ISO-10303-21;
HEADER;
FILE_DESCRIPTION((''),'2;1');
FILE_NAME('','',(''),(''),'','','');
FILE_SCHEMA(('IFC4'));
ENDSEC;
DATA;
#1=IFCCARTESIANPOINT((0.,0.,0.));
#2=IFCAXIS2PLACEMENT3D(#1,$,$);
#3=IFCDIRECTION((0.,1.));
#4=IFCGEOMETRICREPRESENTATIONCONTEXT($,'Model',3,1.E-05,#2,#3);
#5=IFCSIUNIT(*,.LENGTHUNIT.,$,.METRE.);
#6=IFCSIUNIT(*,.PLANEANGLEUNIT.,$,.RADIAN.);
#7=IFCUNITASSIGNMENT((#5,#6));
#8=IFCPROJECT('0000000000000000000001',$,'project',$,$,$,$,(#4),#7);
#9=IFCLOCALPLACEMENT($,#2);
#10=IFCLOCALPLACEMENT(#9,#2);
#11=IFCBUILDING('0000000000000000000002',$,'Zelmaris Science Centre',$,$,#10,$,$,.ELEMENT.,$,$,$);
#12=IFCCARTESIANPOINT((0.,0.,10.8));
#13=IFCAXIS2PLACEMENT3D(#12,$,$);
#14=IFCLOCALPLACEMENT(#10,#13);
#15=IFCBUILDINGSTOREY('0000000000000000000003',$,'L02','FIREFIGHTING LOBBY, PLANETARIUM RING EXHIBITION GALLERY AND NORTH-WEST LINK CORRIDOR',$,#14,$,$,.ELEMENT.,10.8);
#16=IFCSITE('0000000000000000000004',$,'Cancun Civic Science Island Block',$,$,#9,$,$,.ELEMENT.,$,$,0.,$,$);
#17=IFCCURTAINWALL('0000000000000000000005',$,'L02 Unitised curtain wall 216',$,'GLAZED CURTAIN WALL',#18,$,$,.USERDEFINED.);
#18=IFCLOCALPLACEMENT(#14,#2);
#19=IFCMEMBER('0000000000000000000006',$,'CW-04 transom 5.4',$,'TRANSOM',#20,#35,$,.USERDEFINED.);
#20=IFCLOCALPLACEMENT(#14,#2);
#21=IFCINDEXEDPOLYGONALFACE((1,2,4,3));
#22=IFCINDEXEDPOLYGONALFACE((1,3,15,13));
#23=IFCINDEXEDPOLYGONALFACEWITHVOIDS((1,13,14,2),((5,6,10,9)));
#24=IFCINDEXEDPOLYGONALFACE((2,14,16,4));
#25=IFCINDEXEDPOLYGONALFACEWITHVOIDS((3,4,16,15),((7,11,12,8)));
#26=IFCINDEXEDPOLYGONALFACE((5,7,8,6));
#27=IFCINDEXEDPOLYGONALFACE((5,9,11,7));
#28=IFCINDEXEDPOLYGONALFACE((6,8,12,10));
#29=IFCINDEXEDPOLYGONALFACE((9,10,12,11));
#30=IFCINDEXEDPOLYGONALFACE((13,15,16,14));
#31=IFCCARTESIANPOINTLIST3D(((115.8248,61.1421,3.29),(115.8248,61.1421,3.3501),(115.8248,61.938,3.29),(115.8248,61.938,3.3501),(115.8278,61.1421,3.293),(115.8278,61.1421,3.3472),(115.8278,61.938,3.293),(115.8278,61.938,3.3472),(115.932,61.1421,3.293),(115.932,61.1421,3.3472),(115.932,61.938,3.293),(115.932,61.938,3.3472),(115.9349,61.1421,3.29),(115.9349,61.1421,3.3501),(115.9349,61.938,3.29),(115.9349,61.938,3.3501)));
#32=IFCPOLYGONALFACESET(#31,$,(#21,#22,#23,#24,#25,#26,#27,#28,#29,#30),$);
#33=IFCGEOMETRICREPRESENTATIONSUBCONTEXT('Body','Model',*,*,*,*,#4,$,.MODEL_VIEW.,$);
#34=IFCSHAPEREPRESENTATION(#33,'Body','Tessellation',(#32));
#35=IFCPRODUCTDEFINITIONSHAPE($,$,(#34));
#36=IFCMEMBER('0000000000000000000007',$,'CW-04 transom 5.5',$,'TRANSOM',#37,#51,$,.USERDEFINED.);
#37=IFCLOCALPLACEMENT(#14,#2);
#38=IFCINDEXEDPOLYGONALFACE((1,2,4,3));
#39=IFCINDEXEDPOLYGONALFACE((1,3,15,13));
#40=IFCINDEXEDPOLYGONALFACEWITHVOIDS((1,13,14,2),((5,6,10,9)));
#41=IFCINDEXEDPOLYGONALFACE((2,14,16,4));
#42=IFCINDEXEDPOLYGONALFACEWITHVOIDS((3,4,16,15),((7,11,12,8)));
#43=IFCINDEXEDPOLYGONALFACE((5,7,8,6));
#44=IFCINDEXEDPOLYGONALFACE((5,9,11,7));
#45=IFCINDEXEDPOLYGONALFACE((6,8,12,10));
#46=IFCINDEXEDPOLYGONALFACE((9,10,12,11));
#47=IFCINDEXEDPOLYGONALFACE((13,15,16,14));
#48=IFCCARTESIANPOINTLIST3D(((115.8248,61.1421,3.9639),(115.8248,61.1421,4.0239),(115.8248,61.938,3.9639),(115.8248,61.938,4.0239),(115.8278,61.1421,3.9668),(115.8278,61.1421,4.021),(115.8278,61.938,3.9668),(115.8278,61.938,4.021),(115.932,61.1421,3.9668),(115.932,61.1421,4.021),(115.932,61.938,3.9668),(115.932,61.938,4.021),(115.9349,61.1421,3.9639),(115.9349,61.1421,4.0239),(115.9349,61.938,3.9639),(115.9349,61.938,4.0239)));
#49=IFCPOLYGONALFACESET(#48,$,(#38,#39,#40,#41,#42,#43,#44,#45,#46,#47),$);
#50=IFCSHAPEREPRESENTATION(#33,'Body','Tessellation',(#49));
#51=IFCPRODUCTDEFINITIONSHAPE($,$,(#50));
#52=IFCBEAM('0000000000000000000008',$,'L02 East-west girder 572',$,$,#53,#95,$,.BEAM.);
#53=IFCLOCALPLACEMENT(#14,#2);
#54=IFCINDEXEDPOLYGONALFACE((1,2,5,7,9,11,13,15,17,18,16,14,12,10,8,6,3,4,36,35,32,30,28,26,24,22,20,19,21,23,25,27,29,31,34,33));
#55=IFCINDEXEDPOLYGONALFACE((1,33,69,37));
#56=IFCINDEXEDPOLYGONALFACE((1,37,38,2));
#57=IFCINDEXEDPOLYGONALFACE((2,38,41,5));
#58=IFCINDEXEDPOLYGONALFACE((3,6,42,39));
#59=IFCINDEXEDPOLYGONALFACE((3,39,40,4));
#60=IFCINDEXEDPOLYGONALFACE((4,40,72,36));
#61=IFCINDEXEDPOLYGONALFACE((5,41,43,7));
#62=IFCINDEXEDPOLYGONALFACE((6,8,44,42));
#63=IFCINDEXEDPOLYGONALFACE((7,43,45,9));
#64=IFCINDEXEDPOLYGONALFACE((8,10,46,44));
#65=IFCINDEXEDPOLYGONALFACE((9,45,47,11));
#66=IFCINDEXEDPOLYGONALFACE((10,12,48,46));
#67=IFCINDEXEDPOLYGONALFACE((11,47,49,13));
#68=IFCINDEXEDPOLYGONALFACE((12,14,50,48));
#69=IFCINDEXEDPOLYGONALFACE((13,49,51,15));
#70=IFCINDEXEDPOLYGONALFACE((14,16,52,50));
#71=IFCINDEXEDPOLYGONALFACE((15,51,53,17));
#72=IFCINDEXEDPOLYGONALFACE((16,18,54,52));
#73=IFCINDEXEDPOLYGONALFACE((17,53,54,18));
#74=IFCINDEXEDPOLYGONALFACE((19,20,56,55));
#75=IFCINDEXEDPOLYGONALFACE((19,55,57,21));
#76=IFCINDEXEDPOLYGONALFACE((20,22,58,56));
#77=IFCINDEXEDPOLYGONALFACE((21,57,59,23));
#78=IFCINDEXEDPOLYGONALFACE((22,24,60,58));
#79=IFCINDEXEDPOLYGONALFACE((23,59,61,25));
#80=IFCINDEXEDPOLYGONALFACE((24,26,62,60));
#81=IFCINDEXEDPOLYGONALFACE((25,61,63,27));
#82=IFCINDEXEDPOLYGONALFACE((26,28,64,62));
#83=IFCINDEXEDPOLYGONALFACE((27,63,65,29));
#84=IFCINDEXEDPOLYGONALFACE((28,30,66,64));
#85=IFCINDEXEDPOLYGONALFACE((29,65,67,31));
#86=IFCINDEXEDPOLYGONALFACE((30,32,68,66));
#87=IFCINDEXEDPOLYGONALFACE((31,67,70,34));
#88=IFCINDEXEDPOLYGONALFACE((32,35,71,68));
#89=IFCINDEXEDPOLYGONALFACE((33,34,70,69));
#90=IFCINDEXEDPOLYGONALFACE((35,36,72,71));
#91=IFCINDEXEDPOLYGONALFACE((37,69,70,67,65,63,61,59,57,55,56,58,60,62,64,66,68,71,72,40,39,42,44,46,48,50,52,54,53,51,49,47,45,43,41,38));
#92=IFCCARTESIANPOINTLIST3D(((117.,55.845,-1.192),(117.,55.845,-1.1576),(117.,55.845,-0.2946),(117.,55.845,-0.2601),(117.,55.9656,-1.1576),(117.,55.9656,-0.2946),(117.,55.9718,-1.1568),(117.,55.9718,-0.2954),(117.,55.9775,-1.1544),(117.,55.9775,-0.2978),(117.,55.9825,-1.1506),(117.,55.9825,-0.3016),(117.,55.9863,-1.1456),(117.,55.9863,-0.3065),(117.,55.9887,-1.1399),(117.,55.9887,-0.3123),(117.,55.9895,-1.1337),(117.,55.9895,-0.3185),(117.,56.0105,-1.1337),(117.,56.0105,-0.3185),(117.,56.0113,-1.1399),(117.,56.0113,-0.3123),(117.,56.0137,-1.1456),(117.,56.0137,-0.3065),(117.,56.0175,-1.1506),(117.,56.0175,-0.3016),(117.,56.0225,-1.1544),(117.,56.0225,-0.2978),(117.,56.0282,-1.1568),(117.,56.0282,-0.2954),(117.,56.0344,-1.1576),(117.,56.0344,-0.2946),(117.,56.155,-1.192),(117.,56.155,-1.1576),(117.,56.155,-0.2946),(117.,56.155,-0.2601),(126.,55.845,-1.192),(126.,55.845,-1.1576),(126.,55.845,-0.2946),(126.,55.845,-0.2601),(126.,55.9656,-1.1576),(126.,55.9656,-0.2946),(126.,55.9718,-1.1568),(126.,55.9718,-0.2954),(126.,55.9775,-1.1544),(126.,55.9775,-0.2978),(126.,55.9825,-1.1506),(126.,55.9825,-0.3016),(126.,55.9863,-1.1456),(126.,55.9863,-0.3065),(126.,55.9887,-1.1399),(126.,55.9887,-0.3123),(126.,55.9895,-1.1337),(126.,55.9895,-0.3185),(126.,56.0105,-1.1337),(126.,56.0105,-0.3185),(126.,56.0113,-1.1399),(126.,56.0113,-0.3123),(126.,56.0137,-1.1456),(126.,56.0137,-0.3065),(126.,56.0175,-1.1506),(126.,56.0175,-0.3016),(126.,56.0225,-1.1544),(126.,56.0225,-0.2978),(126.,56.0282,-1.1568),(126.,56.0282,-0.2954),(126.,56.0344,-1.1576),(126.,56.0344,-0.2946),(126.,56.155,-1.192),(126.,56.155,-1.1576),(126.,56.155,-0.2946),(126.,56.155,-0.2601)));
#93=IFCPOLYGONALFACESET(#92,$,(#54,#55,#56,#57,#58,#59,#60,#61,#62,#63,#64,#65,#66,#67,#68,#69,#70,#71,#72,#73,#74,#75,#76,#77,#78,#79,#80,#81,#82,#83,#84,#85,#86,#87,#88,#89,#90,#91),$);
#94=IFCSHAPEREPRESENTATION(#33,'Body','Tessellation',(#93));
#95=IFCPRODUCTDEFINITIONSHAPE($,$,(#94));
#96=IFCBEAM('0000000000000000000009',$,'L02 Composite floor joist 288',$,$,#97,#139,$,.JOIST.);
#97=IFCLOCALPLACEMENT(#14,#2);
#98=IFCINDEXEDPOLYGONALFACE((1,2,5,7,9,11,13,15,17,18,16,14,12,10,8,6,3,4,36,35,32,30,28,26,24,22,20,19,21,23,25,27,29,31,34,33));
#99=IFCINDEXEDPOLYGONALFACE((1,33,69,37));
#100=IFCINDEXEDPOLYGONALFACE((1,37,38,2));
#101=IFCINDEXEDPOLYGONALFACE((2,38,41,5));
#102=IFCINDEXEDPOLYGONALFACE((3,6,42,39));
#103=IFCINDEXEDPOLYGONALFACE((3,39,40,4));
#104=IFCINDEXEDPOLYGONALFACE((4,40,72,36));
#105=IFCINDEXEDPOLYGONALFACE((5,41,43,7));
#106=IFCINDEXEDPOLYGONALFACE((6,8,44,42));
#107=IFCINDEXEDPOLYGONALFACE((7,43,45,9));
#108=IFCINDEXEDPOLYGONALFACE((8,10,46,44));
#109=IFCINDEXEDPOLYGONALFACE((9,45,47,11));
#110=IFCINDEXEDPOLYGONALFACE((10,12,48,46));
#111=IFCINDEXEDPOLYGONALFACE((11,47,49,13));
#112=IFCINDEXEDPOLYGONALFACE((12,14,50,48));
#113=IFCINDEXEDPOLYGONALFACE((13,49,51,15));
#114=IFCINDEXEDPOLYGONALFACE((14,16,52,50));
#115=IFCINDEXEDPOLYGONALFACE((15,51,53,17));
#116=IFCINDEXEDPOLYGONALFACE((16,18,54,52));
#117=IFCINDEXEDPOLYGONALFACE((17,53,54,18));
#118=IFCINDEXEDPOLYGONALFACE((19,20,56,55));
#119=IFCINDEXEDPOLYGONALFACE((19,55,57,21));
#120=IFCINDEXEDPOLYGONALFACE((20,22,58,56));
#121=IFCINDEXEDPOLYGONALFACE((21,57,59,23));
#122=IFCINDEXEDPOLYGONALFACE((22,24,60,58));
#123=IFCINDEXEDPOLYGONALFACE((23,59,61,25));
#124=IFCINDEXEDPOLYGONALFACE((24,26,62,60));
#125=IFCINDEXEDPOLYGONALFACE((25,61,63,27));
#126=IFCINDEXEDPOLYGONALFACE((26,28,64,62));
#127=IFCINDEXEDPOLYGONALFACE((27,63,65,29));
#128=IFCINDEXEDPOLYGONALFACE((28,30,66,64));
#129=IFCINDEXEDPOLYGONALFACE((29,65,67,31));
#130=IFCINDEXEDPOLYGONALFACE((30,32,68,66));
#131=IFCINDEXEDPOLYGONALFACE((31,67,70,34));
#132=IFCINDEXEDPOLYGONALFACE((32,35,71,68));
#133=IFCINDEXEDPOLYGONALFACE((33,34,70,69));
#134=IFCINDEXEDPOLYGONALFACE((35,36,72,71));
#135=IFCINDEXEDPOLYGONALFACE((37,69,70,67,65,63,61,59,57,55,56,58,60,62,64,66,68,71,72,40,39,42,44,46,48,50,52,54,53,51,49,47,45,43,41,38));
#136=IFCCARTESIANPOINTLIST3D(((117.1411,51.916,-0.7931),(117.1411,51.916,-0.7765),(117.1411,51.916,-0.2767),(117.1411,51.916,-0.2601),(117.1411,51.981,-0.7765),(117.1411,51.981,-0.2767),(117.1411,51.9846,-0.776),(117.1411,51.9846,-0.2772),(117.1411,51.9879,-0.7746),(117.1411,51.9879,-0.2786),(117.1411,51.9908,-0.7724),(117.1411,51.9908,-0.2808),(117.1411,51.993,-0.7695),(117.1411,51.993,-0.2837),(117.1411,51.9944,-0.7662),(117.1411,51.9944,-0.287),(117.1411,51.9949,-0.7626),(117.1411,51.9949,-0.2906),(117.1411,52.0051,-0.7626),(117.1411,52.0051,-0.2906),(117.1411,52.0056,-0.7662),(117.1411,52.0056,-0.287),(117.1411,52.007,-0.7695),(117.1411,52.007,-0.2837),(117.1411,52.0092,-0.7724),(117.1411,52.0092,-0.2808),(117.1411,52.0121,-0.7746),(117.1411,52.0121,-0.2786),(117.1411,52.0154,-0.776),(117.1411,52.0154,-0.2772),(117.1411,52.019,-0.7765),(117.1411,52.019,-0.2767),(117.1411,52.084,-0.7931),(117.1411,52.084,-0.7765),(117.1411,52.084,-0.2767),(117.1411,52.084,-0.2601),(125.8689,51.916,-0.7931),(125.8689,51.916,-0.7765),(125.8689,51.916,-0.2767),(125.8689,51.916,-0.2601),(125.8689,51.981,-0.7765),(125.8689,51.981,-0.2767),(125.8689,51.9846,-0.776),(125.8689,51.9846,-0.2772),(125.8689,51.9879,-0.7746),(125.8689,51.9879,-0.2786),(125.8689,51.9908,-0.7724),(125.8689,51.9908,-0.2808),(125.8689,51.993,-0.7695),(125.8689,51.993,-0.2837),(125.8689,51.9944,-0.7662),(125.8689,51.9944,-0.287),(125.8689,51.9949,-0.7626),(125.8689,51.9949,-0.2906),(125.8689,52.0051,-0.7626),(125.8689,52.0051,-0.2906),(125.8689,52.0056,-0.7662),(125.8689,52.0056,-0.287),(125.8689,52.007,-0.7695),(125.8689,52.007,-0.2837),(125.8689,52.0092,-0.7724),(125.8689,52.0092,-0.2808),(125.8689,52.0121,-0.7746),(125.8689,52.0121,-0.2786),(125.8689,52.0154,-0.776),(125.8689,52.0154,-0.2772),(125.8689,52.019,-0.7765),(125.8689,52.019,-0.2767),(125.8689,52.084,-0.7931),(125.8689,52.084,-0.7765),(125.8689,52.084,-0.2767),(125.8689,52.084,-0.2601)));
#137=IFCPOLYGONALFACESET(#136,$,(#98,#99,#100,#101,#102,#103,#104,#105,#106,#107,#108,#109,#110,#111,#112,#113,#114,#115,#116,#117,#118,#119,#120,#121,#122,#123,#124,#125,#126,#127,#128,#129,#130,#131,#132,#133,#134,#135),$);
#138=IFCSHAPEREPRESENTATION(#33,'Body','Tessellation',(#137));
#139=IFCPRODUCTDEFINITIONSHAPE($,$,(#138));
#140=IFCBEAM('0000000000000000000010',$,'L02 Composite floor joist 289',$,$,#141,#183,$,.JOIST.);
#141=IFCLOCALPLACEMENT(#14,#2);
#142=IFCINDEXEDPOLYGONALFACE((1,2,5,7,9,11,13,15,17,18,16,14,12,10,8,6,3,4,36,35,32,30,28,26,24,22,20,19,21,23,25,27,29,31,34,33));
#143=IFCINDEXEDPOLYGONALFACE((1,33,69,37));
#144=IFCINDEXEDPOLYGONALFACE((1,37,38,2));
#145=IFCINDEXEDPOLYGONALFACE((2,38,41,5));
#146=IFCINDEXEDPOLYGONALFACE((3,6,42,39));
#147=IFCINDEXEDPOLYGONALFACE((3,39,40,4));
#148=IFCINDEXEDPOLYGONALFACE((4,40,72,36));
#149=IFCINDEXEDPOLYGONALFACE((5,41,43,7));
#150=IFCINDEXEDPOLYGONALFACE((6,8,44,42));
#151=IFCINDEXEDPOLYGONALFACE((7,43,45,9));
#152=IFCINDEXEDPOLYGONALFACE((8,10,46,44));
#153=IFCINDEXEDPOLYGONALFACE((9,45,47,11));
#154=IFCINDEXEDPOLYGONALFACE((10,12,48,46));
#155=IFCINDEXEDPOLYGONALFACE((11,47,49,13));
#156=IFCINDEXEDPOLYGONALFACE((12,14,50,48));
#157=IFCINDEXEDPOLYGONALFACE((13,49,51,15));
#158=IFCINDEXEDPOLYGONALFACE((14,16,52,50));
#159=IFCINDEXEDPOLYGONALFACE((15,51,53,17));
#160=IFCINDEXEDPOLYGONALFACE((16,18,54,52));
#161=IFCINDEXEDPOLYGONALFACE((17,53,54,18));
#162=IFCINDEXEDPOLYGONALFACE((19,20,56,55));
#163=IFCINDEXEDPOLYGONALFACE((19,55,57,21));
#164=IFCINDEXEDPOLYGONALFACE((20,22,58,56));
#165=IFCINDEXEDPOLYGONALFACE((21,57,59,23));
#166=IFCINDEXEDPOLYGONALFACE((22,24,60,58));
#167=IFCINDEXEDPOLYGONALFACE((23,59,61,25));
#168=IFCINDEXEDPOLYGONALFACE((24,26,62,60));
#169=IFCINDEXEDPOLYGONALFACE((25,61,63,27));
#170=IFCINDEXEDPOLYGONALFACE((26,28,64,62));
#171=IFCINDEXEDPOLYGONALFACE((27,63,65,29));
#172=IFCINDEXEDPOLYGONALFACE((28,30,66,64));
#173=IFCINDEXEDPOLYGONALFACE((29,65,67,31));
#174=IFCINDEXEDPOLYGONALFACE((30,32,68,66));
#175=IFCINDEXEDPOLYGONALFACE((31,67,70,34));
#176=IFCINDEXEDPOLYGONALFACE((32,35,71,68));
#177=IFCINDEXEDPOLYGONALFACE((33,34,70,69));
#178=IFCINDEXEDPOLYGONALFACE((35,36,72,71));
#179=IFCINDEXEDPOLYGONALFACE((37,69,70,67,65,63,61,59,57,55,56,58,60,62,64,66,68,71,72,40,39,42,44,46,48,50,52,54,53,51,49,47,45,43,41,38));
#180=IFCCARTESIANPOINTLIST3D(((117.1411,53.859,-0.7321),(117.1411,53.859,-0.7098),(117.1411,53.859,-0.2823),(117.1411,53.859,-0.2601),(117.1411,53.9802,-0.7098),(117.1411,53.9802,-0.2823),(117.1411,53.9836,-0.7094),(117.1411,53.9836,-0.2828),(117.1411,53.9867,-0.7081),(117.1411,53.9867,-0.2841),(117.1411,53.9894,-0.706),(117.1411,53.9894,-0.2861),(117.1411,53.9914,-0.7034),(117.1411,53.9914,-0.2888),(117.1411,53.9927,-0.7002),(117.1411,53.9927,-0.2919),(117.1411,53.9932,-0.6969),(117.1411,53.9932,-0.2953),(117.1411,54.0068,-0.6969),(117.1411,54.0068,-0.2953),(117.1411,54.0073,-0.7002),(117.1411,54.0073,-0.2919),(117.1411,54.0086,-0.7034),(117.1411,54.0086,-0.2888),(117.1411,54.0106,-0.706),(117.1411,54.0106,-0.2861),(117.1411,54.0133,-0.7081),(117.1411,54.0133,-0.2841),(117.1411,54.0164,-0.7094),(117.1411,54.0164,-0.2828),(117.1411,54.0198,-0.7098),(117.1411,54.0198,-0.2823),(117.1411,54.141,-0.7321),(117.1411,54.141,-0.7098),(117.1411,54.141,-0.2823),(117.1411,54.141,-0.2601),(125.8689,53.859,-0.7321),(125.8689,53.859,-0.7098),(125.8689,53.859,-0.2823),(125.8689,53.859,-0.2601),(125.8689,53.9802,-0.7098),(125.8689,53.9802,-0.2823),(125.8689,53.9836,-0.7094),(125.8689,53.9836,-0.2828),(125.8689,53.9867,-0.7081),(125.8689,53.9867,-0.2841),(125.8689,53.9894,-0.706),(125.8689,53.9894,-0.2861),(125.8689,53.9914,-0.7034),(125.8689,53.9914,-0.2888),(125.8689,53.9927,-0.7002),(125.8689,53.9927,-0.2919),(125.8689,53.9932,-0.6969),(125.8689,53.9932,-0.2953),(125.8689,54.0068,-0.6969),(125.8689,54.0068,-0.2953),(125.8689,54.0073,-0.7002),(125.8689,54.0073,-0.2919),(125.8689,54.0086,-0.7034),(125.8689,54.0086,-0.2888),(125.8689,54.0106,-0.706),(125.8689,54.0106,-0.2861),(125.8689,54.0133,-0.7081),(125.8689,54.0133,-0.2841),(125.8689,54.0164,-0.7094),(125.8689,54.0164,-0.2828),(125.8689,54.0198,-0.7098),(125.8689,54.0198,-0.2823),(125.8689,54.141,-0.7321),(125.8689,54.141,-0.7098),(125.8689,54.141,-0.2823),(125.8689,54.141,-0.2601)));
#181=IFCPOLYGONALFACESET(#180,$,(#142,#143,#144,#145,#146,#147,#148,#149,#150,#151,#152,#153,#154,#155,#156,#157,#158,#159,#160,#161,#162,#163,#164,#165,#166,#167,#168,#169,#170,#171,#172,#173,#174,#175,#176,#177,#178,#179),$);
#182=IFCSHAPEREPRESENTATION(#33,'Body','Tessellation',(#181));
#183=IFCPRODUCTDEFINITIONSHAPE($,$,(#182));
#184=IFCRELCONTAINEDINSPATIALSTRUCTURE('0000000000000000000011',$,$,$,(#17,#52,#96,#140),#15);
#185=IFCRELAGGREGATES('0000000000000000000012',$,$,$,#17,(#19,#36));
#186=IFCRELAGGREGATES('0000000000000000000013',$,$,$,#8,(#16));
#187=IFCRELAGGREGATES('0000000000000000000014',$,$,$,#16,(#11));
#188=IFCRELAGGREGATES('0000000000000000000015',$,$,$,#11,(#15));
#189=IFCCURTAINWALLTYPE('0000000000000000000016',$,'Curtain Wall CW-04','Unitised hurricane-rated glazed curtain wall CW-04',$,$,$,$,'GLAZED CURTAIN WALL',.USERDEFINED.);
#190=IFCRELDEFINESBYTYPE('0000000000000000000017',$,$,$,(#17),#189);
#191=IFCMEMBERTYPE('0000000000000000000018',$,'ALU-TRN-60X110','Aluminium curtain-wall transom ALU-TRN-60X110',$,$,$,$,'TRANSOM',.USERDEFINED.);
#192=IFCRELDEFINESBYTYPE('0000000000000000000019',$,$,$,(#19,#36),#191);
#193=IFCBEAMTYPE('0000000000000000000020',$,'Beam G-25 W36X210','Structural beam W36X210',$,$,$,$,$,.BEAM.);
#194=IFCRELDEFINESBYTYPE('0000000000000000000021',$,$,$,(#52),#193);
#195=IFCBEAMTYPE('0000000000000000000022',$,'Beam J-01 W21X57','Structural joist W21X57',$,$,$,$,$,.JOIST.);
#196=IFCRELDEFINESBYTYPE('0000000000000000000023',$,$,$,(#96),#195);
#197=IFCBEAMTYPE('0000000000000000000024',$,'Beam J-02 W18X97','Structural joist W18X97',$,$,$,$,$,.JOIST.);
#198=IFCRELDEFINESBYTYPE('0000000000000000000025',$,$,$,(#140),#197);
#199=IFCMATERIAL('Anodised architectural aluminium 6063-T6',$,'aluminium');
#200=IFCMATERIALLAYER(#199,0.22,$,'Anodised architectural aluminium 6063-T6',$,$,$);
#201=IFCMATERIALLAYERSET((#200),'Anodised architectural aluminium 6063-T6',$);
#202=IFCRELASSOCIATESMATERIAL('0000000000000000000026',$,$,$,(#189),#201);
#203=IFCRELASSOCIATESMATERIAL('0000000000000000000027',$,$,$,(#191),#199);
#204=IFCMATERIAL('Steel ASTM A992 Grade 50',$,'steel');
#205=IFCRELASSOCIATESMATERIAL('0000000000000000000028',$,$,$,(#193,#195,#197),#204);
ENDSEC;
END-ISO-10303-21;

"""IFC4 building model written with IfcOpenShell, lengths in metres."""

from ifc_helpers import new_model, si_unit, direction, frame, origin, origin_2d, place, context, subcontext, project, spatial, hollow_rectangle, i_section, extrude, material, layer, layer_set, material_profile, profile_set, type_object, element, aggregate, save


model = new_model("IFC4")

# Units and contexts
model_context = context("Model", 3, precision=1e-05, world=origin(), true_north=direction((0.0, 1.0)))
body_context = subcontext(model_context, "Body", "Model", "MODEL_VIEW")
ifc_project = project(units=[si_unit("LENGTHUNIT", "METRE"), si_unit("PLANEANGLEUNIT", "RADIAN")], contexts=[model_context])

# Site, building, storey
site_placement = place(None, origin())
site = spatial("IfcSite", under=ifc_project, at=site_placement, Name="Cancun Civic Science Island Block", CompositionType="ELEMENT", RefElevation=0.0)
building_placement = place(site_placement, origin())
building = spatial("IfcBuilding", under=site, at=building_placement, Name="Zelmaris Science Centre", CompositionType="ELEMENT")
storey_placement = place(building_placement, frame((0.0, 0.0, 10.8)))
storey = spatial("IfcBuildingStorey", under=building, at=storey_placement, Name="L02", Description="FIREFIGHTING LOBBY, PLANETARIUM RING EXHIBITION GALLERY AND NORTH-WEST LINK CORRIDOR", CompositionType="ELEMENT", Elevation=10.8)

# Shared definitions
ifc_material_1 = material(Name="Steel ASTM A992 Grade 50", Category="steel")

# Curtain wall, members
ifc_material_2 = material(Name="Anodised architectural aluminium 6063-T6", Category="aluminium")
ifc_layer_1 = layer(ifc_material_2, 0.22, Name="Anodised architectural aluminium 6063-T6")
ifc_layer_set_1 = layer_set([ifc_layer_1], Name="Anodised architectural aluminium 6063-T6")
curtain_wall_type = type_object("IfcCurtainWallType", Name="Curtain Wall CW-04", Description="Unitised hurricane-rated glazed curtain wall CW-04", ElementType="GLAZED CURTAIN WALL", PredefinedType="USERDEFINED", material=ifc_layer_set_1)
curtain_wall_placement = place(storey_placement, origin())
curtain_wall = element("IfcCurtainWall", 1, at=curtain_wall_placement, inside=storey, type_object=curtain_wall_type, Name="L02 Unitised curtain wall 216", ObjectType="GLAZED CURTAIN WALL", PredefinedType="USERDEFINED")
ifc_material_profile_1 = material_profile(ifc_material_2, hollow_rectangle(XDim=0.0601, YDim=0.1101, WallThickness=0.0029, at=origin_2d()), Name="ALU-TRN-60X110")
ifc_profile_set_1 = profile_set([ifc_material_profile_1], Name="Anodised architectural aluminium 6063-T6")
member_type_1 = type_object("IfcMemberType", Name="ALU-TRN-60X110", Description="Aluminium curtain-wall transom ALU-TRN-60X110", ElementType="TRANSOM", PredefinedType="USERDEFINED", material=ifc_profile_set_1)
member_1_placement = place(storey_placement, frame((115.8799, 61.938, 3.3201), z_axis=(0.0, -1.0, 0.0), x_axis=(0.0, 0.0, 1.0)))
member_1 = element("IfcMember", 2, at=member_1_placement, type_object=member_type_1, Name="CW-04 transom 5.4", ObjectType="TRANSOM", PredefinedType="USERDEFINED", context=body_context, shape_type="SweptSolid", body=[
    extrude(hollow_rectangle(XDim=0.0601, YDim=0.1101, WallThickness=0.0029, at=origin_2d()), origin(), (0.0, 0.0, 1.0), 0.7959),
])
member_2_placement = place(storey_placement, frame((115.8799, 61.938, 3.9939), z_axis=(0.0, -1.0, 0.0), x_axis=(0.0, 0.0, 1.0)))
member_2 = element("IfcMember", 3, at=member_2_placement, type_object=member_type_1, Name="CW-04 transom 5.5", ObjectType="TRANSOM", PredefinedType="USERDEFINED", context=body_context, shape_type="SweptSolid", body=[
    extrude(hollow_rectangle(XDim=0.0601, YDim=0.1101, WallThickness=0.0029, at=origin_2d()), origin(), (0.0, 0.0, 1.0), 0.7959),
])

# Beams
ifc_material_profile_2 = material_profile(ifc_material_1, i_section(OverallWidth=0.3101, OverallDepth=0.9319, WebThickness=0.021, FlangeThickness=0.0344, FilletRadius=0.0239, at=origin_2d()), Name="W36X210")
ifc_profile_set_2 = profile_set([ifc_material_profile_2], Name="Steel ASTM A992 Grade 50")
beam_type_1 = type_object("IfcBeamType", Name="Beam G-25 W36X210", Description="Structural beam W36X210", PredefinedType="BEAM", material=ifc_profile_set_2)
beam_1_placement = place(storey_placement, frame((117.0, 56.0, -0.7261), z_axis=(1.0, 0.0, 0.0), x_axis=(0.0, 1.0, 0.0)))
element("IfcBeam", 4, at=beam_1_placement, inside=storey, type_object=beam_type_1, Name="L02 East-west girder 572", PredefinedType="BEAM", context=body_context, shape_type="SweptSolid", body=[
    extrude(i_section(OverallWidth=0.3101, OverallDepth=0.9319, WebThickness=0.021, FlangeThickness=0.0344, FilletRadius=0.0239, at=origin_2d()), origin(), (0.0, 0.0, 1.0), 9.0),
])
ifc_material_profile_3 = material_profile(ifc_material_1, i_section(OverallWidth=0.168, OverallDepth=0.533, WebThickness=0.0103, FlangeThickness=0.0166, FilletRadius=0.0139, at=origin_2d()), Name="W21X57")
ifc_profile_set_3 = profile_set([ifc_material_profile_3], Name="Steel ASTM A992 Grade 50")
beam_type_2 = type_object("IfcBeamType", Name="Beam J-01 W21X57", Description="Structural joist W21X57", PredefinedType="JOIST", material=ifc_profile_set_3)
beam_2_placement = place(storey_placement, frame((117.1411, 52.0, -0.5266), z_axis=(1.0, 0.0, 0.0), x_axis=(0.0, 1.0, 0.0)))
element("IfcBeam", 5, at=beam_2_placement, inside=storey, type_object=beam_type_2, Name="L02 Composite floor joist 288", PredefinedType="JOIST", context=body_context, shape_type="SweptSolid", body=[
    extrude(i_section(OverallWidth=0.168, OverallDepth=0.533, WebThickness=0.0103, FlangeThickness=0.0166, FilletRadius=0.0139, at=origin_2d()), origin(), (0.0, 0.0, 1.0), 8.7278),
])
ifc_material_profile_4 = material_profile(ifc_material_1, i_section(OverallWidth=0.282, OverallDepth=0.4719, WebThickness=0.0137, FlangeThickness=0.0222, FilletRadius=0.0129, at=origin_2d()), Name="W18X97")
ifc_profile_set_4 = profile_set([ifc_material_profile_4], Name="Steel ASTM A992 Grade 50")
beam_type_3 = type_object("IfcBeamType", Name="Beam J-02 W18X97", Description="Structural joist W18X97", PredefinedType="JOIST", material=ifc_profile_set_4)
beam_3_placement = place(storey_placement, frame((117.1411, 54.0, -0.4961), z_axis=(1.0, 0.0, 0.0), x_axis=(0.0, 1.0, 0.0)))
element("IfcBeam", 6, at=beam_3_placement, inside=storey, type_object=beam_type_3, Name="L02 Composite floor joist 289", PredefinedType="JOIST", context=body_context, shape_type="SweptSolid", body=[
    extrude(i_section(OverallWidth=0.282, OverallDepth=0.4719, WebThickness=0.0137, FlangeThickness=0.0222, FilletRadius=0.0129, at=origin_2d()), origin(), (0.0, 0.0, 1.0), 8.7278),
])

aggregate(curtain_wall, [member_1, member_2])

save(model, "model.ifc")
